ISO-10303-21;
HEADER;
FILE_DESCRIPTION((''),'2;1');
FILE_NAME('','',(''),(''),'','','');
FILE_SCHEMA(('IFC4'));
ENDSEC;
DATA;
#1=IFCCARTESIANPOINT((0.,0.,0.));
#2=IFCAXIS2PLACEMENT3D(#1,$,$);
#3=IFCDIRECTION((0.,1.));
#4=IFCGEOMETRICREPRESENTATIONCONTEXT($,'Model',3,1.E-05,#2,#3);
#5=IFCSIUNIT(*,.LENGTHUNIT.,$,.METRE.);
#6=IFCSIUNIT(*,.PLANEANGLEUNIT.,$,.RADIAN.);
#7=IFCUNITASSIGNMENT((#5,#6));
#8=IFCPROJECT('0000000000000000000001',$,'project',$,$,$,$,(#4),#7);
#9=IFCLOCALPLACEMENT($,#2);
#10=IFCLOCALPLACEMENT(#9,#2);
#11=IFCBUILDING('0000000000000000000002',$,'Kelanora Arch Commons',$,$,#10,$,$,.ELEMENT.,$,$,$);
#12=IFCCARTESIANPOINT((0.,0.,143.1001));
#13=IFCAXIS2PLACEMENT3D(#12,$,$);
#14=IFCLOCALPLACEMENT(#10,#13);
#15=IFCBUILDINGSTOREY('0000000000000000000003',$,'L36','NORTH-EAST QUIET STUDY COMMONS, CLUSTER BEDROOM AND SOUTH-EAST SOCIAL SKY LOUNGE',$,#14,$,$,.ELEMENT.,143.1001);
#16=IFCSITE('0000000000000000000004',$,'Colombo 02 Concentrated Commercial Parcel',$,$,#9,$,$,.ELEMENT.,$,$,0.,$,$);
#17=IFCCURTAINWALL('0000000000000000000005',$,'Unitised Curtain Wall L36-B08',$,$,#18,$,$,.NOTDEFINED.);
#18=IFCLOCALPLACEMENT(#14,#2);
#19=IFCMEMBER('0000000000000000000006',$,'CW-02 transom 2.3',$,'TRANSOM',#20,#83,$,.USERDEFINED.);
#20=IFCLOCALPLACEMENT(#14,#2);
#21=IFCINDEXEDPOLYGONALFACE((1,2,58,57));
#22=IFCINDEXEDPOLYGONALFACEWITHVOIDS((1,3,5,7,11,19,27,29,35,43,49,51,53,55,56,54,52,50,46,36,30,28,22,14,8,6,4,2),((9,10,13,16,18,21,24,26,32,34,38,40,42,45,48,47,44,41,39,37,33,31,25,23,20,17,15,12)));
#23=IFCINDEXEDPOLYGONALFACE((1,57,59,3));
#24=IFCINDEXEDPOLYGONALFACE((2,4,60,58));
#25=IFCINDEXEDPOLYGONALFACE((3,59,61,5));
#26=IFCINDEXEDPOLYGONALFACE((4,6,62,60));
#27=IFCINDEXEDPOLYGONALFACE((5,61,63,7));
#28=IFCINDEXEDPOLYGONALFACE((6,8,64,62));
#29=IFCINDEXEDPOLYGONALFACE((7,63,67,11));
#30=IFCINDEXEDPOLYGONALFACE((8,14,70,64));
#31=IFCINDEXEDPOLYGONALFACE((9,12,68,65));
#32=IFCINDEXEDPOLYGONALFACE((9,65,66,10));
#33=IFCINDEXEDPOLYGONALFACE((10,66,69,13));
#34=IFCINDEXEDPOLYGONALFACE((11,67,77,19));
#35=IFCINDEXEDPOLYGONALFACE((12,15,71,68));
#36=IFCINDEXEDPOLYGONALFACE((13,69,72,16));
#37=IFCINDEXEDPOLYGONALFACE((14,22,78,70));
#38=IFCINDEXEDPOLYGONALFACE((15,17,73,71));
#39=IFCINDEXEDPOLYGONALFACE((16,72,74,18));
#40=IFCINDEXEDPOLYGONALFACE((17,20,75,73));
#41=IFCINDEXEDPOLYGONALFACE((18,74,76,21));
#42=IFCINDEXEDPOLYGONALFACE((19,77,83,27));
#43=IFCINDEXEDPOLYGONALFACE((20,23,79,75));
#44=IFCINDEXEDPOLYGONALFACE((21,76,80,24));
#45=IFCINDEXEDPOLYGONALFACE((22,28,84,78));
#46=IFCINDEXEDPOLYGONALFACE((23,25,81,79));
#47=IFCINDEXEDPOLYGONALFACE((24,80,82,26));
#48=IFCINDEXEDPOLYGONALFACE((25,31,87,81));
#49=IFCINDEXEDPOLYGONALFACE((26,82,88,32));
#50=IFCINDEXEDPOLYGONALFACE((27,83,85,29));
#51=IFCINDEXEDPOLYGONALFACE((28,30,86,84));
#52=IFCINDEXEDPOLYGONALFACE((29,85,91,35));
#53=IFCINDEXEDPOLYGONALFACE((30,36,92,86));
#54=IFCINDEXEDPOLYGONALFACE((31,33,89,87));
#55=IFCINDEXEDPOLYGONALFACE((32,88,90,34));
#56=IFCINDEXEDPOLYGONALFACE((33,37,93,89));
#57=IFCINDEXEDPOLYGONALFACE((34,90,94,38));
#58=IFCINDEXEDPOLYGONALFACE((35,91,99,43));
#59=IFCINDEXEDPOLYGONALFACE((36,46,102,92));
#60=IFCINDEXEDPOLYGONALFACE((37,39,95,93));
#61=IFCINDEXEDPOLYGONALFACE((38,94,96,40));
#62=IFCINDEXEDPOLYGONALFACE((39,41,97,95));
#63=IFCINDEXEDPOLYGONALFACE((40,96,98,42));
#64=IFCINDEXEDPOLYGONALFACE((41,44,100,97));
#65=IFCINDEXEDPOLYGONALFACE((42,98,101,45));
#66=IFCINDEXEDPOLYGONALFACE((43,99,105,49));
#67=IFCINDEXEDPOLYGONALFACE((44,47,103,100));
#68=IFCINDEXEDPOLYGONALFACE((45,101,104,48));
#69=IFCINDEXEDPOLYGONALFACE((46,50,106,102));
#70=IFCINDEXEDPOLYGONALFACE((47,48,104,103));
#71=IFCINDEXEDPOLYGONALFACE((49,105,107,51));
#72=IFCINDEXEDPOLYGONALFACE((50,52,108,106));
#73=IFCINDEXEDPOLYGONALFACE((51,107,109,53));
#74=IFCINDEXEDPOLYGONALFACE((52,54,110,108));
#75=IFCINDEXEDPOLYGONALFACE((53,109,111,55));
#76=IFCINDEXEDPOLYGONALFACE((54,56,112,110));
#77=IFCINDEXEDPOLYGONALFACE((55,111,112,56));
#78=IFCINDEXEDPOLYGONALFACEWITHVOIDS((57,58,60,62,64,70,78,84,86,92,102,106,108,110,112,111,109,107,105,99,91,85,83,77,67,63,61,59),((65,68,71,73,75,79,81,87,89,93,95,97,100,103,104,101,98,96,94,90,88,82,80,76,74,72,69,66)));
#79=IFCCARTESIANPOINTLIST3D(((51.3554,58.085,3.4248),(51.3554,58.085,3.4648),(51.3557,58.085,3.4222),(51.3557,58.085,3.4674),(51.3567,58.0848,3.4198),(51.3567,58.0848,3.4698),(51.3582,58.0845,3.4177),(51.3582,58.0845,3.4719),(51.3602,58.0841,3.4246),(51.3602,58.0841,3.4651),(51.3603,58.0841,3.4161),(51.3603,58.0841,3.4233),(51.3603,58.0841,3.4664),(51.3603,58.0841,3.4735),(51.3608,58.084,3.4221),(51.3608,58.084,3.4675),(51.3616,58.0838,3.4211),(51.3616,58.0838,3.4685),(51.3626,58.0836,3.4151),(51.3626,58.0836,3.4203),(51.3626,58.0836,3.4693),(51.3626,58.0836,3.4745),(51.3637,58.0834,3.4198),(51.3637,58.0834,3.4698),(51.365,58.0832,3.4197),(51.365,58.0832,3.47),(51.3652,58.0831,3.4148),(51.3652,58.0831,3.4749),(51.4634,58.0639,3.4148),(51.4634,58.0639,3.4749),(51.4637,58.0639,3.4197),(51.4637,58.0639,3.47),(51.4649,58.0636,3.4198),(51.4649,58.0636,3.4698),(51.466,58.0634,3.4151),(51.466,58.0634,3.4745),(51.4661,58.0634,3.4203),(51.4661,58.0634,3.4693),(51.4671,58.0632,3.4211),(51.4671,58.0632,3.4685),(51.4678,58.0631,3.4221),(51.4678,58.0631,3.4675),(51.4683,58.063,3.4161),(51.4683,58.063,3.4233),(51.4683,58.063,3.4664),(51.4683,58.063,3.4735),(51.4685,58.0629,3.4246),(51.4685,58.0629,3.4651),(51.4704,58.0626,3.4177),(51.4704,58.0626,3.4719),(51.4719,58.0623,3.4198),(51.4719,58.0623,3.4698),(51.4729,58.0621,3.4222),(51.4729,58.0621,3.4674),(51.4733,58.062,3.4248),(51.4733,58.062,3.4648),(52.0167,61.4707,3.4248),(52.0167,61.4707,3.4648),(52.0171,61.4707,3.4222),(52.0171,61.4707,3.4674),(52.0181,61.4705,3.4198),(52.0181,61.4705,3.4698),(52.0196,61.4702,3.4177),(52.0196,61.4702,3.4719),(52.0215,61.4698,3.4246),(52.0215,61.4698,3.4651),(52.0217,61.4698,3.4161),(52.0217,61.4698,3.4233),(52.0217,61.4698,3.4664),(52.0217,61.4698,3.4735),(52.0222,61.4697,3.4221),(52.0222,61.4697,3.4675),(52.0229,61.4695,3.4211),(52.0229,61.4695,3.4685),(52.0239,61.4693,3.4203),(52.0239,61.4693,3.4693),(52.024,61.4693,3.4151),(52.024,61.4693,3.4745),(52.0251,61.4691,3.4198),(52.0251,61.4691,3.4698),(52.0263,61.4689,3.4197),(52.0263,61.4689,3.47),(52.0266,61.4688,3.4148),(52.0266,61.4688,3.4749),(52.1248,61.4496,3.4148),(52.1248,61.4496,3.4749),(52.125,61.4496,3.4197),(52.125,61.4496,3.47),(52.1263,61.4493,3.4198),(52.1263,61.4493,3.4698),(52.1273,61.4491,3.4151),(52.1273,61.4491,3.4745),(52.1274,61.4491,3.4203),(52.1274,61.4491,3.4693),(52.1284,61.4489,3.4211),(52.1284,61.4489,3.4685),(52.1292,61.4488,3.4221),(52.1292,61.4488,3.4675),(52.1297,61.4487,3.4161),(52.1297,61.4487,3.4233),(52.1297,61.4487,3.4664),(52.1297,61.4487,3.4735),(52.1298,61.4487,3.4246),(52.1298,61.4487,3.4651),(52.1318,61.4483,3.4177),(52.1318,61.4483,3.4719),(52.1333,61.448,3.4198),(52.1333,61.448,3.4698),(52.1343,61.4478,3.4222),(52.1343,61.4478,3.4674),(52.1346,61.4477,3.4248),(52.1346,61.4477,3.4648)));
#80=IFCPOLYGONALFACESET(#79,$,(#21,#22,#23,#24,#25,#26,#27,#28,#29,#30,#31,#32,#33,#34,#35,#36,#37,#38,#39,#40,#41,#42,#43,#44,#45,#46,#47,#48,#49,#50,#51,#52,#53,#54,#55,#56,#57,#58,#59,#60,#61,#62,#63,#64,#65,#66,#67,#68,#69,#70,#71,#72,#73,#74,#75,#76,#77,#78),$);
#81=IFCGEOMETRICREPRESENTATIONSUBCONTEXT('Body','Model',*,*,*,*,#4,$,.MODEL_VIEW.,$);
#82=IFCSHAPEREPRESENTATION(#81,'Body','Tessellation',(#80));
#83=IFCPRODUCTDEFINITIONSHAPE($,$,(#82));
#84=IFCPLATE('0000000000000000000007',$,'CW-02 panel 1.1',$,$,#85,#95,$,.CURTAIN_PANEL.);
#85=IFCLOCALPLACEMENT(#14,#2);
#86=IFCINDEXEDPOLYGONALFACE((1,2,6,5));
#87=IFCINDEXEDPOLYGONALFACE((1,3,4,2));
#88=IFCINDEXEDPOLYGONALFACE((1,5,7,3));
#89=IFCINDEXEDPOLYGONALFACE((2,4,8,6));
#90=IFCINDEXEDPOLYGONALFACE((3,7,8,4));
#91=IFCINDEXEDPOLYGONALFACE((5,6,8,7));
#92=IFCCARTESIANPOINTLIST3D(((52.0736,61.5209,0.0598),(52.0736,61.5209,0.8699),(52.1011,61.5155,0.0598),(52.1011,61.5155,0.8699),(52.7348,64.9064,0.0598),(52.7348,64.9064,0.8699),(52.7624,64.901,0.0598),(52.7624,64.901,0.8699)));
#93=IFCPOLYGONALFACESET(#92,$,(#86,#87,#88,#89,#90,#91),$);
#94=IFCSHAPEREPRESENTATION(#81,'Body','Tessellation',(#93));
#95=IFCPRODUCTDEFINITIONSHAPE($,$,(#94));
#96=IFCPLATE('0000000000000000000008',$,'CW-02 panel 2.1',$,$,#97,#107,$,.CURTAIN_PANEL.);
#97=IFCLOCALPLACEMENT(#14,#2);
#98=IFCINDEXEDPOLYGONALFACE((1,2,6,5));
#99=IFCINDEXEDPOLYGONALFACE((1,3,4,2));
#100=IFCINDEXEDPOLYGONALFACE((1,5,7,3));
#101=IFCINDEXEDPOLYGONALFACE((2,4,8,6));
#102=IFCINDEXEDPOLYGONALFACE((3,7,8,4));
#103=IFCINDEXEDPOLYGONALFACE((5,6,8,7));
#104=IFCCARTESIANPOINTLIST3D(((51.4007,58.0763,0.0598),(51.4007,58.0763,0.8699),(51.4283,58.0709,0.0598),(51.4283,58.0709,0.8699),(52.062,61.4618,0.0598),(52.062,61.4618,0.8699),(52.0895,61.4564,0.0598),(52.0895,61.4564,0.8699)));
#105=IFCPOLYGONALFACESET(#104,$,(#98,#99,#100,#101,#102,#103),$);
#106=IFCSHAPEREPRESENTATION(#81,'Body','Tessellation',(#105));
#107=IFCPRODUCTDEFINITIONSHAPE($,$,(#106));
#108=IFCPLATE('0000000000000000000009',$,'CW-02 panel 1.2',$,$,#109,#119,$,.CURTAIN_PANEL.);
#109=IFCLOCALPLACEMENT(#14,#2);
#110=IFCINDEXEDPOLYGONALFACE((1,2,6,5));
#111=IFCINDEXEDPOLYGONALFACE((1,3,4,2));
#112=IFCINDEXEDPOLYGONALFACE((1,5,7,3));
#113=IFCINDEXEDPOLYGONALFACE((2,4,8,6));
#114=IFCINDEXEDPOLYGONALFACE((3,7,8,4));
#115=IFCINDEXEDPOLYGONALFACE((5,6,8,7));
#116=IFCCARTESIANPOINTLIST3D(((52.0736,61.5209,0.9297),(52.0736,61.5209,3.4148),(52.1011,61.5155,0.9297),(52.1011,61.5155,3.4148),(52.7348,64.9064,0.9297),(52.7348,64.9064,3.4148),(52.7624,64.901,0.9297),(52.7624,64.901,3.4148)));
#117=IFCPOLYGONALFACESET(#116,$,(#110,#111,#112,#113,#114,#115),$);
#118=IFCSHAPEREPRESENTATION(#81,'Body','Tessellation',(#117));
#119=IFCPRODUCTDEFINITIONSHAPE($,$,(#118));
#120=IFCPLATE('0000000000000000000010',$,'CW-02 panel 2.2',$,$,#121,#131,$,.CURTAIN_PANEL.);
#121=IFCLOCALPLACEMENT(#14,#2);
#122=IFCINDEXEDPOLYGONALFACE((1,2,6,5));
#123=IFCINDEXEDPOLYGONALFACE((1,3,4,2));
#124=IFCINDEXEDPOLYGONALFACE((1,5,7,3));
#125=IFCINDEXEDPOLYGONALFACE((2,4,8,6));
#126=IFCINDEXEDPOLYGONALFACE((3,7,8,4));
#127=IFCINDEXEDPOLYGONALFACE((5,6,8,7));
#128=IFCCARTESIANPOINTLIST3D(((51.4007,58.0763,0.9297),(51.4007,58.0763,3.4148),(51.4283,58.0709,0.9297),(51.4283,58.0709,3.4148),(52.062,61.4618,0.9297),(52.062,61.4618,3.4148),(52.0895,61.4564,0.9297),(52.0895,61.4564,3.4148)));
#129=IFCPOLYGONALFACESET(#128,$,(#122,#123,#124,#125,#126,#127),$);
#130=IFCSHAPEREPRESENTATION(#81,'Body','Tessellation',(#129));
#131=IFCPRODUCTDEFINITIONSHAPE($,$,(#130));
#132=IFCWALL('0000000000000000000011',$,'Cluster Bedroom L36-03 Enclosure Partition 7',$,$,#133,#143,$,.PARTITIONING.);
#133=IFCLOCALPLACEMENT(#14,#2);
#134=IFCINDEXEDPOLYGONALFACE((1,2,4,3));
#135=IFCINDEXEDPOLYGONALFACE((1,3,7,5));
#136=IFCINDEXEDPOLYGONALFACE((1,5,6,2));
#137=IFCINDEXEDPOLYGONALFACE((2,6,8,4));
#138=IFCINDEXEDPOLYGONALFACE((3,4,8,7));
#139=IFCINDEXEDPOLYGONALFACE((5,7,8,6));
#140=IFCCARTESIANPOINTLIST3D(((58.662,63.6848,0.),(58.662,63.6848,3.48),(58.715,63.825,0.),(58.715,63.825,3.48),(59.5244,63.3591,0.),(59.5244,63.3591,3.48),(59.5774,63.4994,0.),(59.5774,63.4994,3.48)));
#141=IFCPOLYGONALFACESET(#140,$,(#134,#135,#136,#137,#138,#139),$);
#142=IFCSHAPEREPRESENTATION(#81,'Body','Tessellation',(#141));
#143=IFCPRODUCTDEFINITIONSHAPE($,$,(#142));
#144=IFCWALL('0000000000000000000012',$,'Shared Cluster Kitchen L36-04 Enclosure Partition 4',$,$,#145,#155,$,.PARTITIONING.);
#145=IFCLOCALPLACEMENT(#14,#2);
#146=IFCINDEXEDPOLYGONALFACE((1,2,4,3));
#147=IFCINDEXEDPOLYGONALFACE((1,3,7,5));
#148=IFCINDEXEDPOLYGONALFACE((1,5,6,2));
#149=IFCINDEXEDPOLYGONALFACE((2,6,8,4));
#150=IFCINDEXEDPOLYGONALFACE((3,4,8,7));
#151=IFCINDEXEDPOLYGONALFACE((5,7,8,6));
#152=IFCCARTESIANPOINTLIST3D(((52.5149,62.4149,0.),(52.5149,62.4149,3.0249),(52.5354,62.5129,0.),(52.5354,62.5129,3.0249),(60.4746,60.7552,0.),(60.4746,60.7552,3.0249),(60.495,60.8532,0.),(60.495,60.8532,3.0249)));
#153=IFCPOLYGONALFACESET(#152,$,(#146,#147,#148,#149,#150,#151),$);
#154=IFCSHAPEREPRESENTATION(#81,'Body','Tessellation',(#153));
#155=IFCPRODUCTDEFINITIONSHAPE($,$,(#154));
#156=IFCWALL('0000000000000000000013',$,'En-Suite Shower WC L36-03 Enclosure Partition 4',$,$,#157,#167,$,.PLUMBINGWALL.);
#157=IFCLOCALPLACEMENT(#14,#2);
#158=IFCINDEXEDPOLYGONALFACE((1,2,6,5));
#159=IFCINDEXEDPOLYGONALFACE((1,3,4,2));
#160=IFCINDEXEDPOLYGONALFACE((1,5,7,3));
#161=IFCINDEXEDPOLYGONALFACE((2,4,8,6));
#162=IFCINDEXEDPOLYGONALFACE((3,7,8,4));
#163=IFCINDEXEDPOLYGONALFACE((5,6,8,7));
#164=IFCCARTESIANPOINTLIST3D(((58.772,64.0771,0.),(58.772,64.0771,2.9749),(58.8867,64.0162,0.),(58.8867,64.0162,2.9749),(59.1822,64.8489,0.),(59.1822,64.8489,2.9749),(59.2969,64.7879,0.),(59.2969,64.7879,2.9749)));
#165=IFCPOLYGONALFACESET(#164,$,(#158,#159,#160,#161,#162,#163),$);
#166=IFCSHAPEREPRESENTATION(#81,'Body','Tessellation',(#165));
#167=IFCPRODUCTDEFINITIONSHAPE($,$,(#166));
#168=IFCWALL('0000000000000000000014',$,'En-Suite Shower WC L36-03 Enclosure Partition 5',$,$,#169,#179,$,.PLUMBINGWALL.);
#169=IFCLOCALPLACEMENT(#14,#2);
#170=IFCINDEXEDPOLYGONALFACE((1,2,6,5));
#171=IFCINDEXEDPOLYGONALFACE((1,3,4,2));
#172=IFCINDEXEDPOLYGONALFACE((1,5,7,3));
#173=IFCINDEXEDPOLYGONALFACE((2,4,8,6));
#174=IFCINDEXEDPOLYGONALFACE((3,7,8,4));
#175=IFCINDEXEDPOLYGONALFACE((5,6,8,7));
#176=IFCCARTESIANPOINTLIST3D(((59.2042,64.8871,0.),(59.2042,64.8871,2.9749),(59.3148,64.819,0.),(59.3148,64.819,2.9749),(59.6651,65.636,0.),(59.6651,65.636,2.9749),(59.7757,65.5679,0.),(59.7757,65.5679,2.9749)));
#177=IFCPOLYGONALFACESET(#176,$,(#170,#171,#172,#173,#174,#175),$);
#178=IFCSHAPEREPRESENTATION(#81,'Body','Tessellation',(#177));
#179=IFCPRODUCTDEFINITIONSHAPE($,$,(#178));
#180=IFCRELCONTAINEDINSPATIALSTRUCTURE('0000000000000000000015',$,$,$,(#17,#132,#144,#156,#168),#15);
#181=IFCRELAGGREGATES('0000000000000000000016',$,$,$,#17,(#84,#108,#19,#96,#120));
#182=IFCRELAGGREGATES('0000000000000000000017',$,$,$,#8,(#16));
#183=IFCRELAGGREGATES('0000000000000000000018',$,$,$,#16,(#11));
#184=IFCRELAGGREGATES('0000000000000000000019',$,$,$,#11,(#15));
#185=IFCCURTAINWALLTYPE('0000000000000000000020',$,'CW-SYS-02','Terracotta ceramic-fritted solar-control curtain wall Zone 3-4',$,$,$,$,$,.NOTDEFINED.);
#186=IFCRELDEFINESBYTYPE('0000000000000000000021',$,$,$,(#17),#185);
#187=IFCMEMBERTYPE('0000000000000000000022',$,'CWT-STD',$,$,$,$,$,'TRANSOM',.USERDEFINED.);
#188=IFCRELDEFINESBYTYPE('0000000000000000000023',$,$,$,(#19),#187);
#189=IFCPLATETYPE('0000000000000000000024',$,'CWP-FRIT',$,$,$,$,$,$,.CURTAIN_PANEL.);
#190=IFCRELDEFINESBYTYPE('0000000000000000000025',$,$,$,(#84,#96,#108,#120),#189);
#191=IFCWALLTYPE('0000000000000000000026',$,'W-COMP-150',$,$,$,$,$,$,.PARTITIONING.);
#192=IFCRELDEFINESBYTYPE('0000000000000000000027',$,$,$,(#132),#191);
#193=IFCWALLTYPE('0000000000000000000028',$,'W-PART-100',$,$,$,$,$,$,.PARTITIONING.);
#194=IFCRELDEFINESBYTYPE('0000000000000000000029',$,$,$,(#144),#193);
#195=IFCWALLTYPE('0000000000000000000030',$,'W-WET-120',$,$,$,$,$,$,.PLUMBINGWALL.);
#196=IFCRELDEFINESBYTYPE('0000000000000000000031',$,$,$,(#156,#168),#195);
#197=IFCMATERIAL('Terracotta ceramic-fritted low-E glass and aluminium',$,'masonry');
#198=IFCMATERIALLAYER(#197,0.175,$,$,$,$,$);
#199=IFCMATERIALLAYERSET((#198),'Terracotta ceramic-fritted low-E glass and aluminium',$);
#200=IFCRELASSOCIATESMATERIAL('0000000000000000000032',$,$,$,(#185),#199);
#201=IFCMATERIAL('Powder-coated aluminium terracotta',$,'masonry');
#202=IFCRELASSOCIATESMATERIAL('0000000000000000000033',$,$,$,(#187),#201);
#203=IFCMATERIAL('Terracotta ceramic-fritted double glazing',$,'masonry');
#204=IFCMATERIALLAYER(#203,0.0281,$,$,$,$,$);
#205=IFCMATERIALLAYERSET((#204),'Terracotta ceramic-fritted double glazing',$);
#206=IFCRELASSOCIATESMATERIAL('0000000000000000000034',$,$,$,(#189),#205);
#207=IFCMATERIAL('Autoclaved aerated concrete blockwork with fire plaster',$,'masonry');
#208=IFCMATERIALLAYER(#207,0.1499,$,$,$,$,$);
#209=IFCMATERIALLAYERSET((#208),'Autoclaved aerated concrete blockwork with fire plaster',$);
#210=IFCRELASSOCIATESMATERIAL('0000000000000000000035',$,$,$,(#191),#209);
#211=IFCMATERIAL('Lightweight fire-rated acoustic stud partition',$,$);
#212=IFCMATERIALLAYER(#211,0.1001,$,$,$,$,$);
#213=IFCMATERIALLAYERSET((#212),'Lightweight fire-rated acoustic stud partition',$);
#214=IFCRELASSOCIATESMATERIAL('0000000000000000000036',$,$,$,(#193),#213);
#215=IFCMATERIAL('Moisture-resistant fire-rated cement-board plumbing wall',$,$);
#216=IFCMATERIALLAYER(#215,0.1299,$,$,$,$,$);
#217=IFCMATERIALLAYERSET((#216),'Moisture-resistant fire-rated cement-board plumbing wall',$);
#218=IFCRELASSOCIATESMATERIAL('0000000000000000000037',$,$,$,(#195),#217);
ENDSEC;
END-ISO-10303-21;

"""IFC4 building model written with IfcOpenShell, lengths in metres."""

from ifc_helpers import new_model, si_unit, direction, frame, frame_2d, origin, origin_2d, place, context, subcontext, project, spatial, rectangle, hollow_rectangle, extrude, source, transform, mapped, material, layer, layer_set, material_profile, profile_set, type_object, element, aggregate, save


model = new_model("IFC4")

# Units and contexts
model_context = context("Model", 3, precision=1e-05, world=origin(), true_north=direction((0.0, 1.0)))
body_context = subcontext(model_context, "Body", "Model", "MODEL_VIEW")
ifc_project = project(units=[si_unit("LENGTHUNIT", "METRE"), si_unit("PLANEANGLEUNIT", "RADIAN")], contexts=[model_context])

# Site, building, storey
site_placement = place(None, origin())
site = spatial("IfcSite", under=ifc_project, at=site_placement, Name="Colombo 02 Concentrated Commercial Parcel", CompositionType="ELEMENT", RefElevation=0.0)
building_placement = place(site_placement, origin())
building = spatial("IfcBuilding", under=site, at=building_placement, Name="Kelanora Arch Commons", CompositionType="ELEMENT")
storey_placement = place(building_placement, frame((0.0, 0.0, 143.1001)))
storey = spatial("IfcBuildingStorey", under=building, at=storey_placement, Name="L36", Description="NORTH-EAST QUIET STUDY COMMONS, CLUSTER BEDROOM AND SOUTH-EAST SOCIAL SKY LOUNGE", CompositionType="ELEMENT", Elevation=143.1001)

# Curtain wall, member, plates
ifc_material_1 = material(Name="Terracotta ceramic-fritted low-E glass and aluminium", Category="masonry")
ifc_layer_1 = layer(ifc_material_1, 0.175)
ifc_layer_set_1 = layer_set([ifc_layer_1], Name="Terracotta ceramic-fritted low-E glass and aluminium")
curtain_wall_type = type_object("IfcCurtainWallType", Name="CW-SYS-02", Description="Terracotta ceramic-fritted solar-control curtain wall Zone 3-4", PredefinedType="NOTDEFINED", material=ifc_layer_set_1)
curtain_wall_placement = place(storey_placement, origin())
curtain_wall = element("IfcCurtainWall", 1, at=curtain_wall_placement, inside=storey, type_object=curtain_wall_type, Name="Unitised Curtain Wall L36-B08", PredefinedType="NOTDEFINED")
ifc_material_2 = material(Name="Powder-coated aluminium terracotta", Category="masonry")
ifc_material_profile_1 = material_profile(ifc_material_2, hollow_rectangle(XDim=0.1201, YDim=0.0601, WallThickness=0.0049, InnerFilletRadius=0.0049, OuterFilletRadius=0.01, at=origin_2d()), Name="CWT120x60")
ifc_profile_set_1 = profile_set([ifc_material_profile_1], Name="Powder-coated aluminium terracotta")
member_type_1 = type_object("IfcMemberType", Name="CWT-STD", ElementType="TRANSOM", PredefinedType="USERDEFINED", material=ifc_profile_set_1)
member_1_placement = place(storey_placement, frame((52.0757, 61.4592, 3.4448), z_axis=(-0.191718, -0.98145, 0.0), x_axis=(0.98145, -0.191718, 0.0)))
member_1 = element("IfcMember", 2, at=member_1_placement, type_object=member_type_1, Name="CW-02 transom 2.3", ObjectType="TRANSOM", PredefinedType="USERDEFINED", context=body_context, shape_type="SweptSolid", body=[
    extrude(hollow_rectangle(XDim=0.1201, YDim=0.0601, WallThickness=0.0049, InnerFilletRadius=0.0049, OuterFilletRadius=0.01, at=origin_2d()), origin(), (0.0, 0.0, 1.0), 3.4497),
])
ifc_material_3 = material(Name="Terracotta ceramic-fritted double glazing", Category="masonry")
ifc_layer_2 = layer(ifc_material_3, 0.0281)
ifc_layer_set_2 = layer_set([ifc_layer_2], Name="Terracotta ceramic-fritted double glazing")
plate_type = type_object("IfcPlateType", Name="CWP-FRIT", PredefinedType="CURTAIN_PANEL", material=ifc_layer_set_2)
shared_shape_1 = source(origin(), body_context, "Body", "SweptSolid", [
    extrude(rectangle(XDim=3.4495, YDim=0.0281, at=origin_2d()), origin(), (0.0, 0.0, 1.0), 0.8101),
])
plate_1_placement = place(storey_placement, frame((52.418, 63.2109, 0.0598), z_axis=(0.0, 0.0, 1.0), x_axis=(-0.191705, -0.981453, 0.0)))
plate_1 = element("IfcPlate", 3, at=plate_1_placement, type_object=plate_type, Name="CW-02 panel 1.1", PredefinedType="CURTAIN_PANEL", context=body_context, shape_type="MappedRepresentation", body=[
    mapped(shared_shape_1, transform((0.0, 0.0, 0.0), scale=1.0)),
])
plate_2_placement = place(storey_placement, frame((51.7451, 59.7664, 0.0598), z_axis=(0.0, 0.0, 1.0), x_axis=(-0.191705, -0.981453, 0.0)))
plate_2 = element("IfcPlate", 4, at=plate_2_placement, type_object=plate_type, Name="CW-02 panel 2.1", PredefinedType="CURTAIN_PANEL", context=body_context, shape_type="MappedRepresentation", body=[
    mapped(shared_shape_1, transform((0.0, 0.0, 0.0), scale=1.0)),
])
shared_shape_2 = source(origin(), body_context, "Body", "SweptSolid", [
    extrude(rectangle(XDim=3.4495, YDim=0.0281, at=origin_2d()), origin(), (0.0, 0.0, 1.0), 2.4851),
])
plate_3_placement = place(storey_placement, frame((52.418, 63.2109, 0.9297), z_axis=(0.0, 0.0, 1.0), x_axis=(-0.191705, -0.981453, 0.0)))
plate_3 = element("IfcPlate", 5, at=plate_3_placement, type_object=plate_type, Name="CW-02 panel 1.2", PredefinedType="CURTAIN_PANEL", context=body_context, shape_type="MappedRepresentation", body=[
    mapped(shared_shape_2, transform((0.0, 0.0, 0.0), scale=1.0)),
])
plate_4_placement = place(storey_placement, frame((51.7451, 59.7664, 0.9297), z_axis=(0.0, 0.0, 1.0), x_axis=(-0.191705, -0.981453, 0.0)))
plate_4 = element("IfcPlate", 6, at=plate_4_placement, type_object=plate_type, Name="CW-02 panel 2.2", PredefinedType="CURTAIN_PANEL", context=body_context, shape_type="MappedRepresentation", body=[
    mapped(shared_shape_2, transform((0.0, 0.0, 0.0), scale=1.0)),
])
aggregate(curtain_wall, [plate_1, plate_3, member_1, plate_2, plate_4])

# Walls
ifc_material_4 = material(Name="Autoclaved aerated concrete blockwork with fire plaster", Category="masonry")
ifc_layer_3 = layer(ifc_material_4, 0.1499)
ifc_layer_set_3 = layer_set([ifc_layer_3], Name="Autoclaved aerated concrete blockwork with fire plaster")
wall_type_1 = type_object("IfcWallType", Name="W-COMP-150", PredefinedType="PARTITIONING", material=ifc_layer_set_3)
wall_1_placement = place(storey_placement, frame((58.6885, 63.7549, 0.0), z_axis=(0.0, 0.0, 1.0), x_axis=(0.935532, -0.353241, 0.0)))
element("IfcWall", 7, at=wall_1_placement, inside=storey, type_object=wall_type_1, Name="Cluster Bedroom L36-03 Enclosure Partition 7", PredefinedType="PARTITIONING", context=body_context, shape_type="SweptSolid", body=[
    extrude(rectangle(XDim=0.9219, YDim=0.1499, at=frame_2d((0.4609, 0.0))), origin(), (0.0, 0.0, 1.0), 3.48),
])
ifc_material_5 = material(Name="Lightweight fire-rated acoustic stud partition")
ifc_layer_4 = layer(ifc_material_5, 0.1001)
ifc_layer_set_4 = layer_set([ifc_layer_4], Name="Lightweight fire-rated acoustic stud partition")
wall_type_2 = type_object("IfcWallType", Name="W-PART-100", PredefinedType="PARTITIONING", material=ifc_layer_set_4)
wall_2_placement = place(storey_placement, frame((52.5251, 62.4639, 0.0), z_axis=(0.0, 0.0, 1.0), x_axis=(0.978946, -0.204119, 0.0)))
element("IfcWall", 8, at=wall_2_placement, inside=storey, type_object=wall_type_2, Name="Shared Cluster Kitchen L36-04 Enclosure Partition 4", PredefinedType="PARTITIONING", context=body_context, shape_type="SweptSolid", body=[
    extrude(rectangle(XDim=8.1309, YDim=0.1001, at=frame_2d((4.0654, 0.0))), origin(), (0.0, 0.0, 1.0), 3.0249),
])
ifc_material_6 = material(Name="Moisture-resistant fire-rated cement-board plumbing wall")
ifc_layer_5 = layer(ifc_material_6, 0.1299)
ifc_layer_set_5 = layer_set([ifc_layer_5], Name="Moisture-resistant fire-rated cement-board plumbing wall")
wall_type_3 = type_object("IfcWallType", Name="W-WET-120", PredefinedType="PLUMBINGWALL", material=ifc_layer_set_5)
wall_3_placement = place(storey_placement, frame((58.8293, 64.0466, 0.0), z_axis=(0.0, 0.0, 1.0), x_axis=(0.469312, 0.883033, 0.0)))
element("IfcWall", 9, at=wall_3_placement, inside=storey, type_object=wall_type_3, Name="En-Suite Shower WC L36-03 Enclosure Partition 4", PredefinedType="PLUMBINGWALL", context=body_context, shape_type="SweptSolid", body=[
    extrude(rectangle(XDim=0.874, YDim=0.1299, at=frame_2d((0.437, 0.0))), origin(), (0.0, 0.0, 1.0), 2.9749),
])
wall_4_placement = place(storey_placement, frame((59.2595, 64.853, 0.0), z_axis=(0.0, 0.0, 1.0), x_axis=(0.524097, 0.851658, 0.0)))
element("IfcWall", 10, at=wall_4_placement, inside=storey, type_object=wall_type_3, Name="En-Suite Shower WC L36-03 Enclosure Partition 5", PredefinedType="PLUMBINGWALL", context=body_context, shape_type="SweptSolid", body=[
    extrude(rectangle(XDim=0.8794, YDim=0.1299, at=frame_2d((0.4397, 0.0))), origin(), (0.0, 0.0, 1.0), 2.9749),
])

save(model, "model.ifc")
